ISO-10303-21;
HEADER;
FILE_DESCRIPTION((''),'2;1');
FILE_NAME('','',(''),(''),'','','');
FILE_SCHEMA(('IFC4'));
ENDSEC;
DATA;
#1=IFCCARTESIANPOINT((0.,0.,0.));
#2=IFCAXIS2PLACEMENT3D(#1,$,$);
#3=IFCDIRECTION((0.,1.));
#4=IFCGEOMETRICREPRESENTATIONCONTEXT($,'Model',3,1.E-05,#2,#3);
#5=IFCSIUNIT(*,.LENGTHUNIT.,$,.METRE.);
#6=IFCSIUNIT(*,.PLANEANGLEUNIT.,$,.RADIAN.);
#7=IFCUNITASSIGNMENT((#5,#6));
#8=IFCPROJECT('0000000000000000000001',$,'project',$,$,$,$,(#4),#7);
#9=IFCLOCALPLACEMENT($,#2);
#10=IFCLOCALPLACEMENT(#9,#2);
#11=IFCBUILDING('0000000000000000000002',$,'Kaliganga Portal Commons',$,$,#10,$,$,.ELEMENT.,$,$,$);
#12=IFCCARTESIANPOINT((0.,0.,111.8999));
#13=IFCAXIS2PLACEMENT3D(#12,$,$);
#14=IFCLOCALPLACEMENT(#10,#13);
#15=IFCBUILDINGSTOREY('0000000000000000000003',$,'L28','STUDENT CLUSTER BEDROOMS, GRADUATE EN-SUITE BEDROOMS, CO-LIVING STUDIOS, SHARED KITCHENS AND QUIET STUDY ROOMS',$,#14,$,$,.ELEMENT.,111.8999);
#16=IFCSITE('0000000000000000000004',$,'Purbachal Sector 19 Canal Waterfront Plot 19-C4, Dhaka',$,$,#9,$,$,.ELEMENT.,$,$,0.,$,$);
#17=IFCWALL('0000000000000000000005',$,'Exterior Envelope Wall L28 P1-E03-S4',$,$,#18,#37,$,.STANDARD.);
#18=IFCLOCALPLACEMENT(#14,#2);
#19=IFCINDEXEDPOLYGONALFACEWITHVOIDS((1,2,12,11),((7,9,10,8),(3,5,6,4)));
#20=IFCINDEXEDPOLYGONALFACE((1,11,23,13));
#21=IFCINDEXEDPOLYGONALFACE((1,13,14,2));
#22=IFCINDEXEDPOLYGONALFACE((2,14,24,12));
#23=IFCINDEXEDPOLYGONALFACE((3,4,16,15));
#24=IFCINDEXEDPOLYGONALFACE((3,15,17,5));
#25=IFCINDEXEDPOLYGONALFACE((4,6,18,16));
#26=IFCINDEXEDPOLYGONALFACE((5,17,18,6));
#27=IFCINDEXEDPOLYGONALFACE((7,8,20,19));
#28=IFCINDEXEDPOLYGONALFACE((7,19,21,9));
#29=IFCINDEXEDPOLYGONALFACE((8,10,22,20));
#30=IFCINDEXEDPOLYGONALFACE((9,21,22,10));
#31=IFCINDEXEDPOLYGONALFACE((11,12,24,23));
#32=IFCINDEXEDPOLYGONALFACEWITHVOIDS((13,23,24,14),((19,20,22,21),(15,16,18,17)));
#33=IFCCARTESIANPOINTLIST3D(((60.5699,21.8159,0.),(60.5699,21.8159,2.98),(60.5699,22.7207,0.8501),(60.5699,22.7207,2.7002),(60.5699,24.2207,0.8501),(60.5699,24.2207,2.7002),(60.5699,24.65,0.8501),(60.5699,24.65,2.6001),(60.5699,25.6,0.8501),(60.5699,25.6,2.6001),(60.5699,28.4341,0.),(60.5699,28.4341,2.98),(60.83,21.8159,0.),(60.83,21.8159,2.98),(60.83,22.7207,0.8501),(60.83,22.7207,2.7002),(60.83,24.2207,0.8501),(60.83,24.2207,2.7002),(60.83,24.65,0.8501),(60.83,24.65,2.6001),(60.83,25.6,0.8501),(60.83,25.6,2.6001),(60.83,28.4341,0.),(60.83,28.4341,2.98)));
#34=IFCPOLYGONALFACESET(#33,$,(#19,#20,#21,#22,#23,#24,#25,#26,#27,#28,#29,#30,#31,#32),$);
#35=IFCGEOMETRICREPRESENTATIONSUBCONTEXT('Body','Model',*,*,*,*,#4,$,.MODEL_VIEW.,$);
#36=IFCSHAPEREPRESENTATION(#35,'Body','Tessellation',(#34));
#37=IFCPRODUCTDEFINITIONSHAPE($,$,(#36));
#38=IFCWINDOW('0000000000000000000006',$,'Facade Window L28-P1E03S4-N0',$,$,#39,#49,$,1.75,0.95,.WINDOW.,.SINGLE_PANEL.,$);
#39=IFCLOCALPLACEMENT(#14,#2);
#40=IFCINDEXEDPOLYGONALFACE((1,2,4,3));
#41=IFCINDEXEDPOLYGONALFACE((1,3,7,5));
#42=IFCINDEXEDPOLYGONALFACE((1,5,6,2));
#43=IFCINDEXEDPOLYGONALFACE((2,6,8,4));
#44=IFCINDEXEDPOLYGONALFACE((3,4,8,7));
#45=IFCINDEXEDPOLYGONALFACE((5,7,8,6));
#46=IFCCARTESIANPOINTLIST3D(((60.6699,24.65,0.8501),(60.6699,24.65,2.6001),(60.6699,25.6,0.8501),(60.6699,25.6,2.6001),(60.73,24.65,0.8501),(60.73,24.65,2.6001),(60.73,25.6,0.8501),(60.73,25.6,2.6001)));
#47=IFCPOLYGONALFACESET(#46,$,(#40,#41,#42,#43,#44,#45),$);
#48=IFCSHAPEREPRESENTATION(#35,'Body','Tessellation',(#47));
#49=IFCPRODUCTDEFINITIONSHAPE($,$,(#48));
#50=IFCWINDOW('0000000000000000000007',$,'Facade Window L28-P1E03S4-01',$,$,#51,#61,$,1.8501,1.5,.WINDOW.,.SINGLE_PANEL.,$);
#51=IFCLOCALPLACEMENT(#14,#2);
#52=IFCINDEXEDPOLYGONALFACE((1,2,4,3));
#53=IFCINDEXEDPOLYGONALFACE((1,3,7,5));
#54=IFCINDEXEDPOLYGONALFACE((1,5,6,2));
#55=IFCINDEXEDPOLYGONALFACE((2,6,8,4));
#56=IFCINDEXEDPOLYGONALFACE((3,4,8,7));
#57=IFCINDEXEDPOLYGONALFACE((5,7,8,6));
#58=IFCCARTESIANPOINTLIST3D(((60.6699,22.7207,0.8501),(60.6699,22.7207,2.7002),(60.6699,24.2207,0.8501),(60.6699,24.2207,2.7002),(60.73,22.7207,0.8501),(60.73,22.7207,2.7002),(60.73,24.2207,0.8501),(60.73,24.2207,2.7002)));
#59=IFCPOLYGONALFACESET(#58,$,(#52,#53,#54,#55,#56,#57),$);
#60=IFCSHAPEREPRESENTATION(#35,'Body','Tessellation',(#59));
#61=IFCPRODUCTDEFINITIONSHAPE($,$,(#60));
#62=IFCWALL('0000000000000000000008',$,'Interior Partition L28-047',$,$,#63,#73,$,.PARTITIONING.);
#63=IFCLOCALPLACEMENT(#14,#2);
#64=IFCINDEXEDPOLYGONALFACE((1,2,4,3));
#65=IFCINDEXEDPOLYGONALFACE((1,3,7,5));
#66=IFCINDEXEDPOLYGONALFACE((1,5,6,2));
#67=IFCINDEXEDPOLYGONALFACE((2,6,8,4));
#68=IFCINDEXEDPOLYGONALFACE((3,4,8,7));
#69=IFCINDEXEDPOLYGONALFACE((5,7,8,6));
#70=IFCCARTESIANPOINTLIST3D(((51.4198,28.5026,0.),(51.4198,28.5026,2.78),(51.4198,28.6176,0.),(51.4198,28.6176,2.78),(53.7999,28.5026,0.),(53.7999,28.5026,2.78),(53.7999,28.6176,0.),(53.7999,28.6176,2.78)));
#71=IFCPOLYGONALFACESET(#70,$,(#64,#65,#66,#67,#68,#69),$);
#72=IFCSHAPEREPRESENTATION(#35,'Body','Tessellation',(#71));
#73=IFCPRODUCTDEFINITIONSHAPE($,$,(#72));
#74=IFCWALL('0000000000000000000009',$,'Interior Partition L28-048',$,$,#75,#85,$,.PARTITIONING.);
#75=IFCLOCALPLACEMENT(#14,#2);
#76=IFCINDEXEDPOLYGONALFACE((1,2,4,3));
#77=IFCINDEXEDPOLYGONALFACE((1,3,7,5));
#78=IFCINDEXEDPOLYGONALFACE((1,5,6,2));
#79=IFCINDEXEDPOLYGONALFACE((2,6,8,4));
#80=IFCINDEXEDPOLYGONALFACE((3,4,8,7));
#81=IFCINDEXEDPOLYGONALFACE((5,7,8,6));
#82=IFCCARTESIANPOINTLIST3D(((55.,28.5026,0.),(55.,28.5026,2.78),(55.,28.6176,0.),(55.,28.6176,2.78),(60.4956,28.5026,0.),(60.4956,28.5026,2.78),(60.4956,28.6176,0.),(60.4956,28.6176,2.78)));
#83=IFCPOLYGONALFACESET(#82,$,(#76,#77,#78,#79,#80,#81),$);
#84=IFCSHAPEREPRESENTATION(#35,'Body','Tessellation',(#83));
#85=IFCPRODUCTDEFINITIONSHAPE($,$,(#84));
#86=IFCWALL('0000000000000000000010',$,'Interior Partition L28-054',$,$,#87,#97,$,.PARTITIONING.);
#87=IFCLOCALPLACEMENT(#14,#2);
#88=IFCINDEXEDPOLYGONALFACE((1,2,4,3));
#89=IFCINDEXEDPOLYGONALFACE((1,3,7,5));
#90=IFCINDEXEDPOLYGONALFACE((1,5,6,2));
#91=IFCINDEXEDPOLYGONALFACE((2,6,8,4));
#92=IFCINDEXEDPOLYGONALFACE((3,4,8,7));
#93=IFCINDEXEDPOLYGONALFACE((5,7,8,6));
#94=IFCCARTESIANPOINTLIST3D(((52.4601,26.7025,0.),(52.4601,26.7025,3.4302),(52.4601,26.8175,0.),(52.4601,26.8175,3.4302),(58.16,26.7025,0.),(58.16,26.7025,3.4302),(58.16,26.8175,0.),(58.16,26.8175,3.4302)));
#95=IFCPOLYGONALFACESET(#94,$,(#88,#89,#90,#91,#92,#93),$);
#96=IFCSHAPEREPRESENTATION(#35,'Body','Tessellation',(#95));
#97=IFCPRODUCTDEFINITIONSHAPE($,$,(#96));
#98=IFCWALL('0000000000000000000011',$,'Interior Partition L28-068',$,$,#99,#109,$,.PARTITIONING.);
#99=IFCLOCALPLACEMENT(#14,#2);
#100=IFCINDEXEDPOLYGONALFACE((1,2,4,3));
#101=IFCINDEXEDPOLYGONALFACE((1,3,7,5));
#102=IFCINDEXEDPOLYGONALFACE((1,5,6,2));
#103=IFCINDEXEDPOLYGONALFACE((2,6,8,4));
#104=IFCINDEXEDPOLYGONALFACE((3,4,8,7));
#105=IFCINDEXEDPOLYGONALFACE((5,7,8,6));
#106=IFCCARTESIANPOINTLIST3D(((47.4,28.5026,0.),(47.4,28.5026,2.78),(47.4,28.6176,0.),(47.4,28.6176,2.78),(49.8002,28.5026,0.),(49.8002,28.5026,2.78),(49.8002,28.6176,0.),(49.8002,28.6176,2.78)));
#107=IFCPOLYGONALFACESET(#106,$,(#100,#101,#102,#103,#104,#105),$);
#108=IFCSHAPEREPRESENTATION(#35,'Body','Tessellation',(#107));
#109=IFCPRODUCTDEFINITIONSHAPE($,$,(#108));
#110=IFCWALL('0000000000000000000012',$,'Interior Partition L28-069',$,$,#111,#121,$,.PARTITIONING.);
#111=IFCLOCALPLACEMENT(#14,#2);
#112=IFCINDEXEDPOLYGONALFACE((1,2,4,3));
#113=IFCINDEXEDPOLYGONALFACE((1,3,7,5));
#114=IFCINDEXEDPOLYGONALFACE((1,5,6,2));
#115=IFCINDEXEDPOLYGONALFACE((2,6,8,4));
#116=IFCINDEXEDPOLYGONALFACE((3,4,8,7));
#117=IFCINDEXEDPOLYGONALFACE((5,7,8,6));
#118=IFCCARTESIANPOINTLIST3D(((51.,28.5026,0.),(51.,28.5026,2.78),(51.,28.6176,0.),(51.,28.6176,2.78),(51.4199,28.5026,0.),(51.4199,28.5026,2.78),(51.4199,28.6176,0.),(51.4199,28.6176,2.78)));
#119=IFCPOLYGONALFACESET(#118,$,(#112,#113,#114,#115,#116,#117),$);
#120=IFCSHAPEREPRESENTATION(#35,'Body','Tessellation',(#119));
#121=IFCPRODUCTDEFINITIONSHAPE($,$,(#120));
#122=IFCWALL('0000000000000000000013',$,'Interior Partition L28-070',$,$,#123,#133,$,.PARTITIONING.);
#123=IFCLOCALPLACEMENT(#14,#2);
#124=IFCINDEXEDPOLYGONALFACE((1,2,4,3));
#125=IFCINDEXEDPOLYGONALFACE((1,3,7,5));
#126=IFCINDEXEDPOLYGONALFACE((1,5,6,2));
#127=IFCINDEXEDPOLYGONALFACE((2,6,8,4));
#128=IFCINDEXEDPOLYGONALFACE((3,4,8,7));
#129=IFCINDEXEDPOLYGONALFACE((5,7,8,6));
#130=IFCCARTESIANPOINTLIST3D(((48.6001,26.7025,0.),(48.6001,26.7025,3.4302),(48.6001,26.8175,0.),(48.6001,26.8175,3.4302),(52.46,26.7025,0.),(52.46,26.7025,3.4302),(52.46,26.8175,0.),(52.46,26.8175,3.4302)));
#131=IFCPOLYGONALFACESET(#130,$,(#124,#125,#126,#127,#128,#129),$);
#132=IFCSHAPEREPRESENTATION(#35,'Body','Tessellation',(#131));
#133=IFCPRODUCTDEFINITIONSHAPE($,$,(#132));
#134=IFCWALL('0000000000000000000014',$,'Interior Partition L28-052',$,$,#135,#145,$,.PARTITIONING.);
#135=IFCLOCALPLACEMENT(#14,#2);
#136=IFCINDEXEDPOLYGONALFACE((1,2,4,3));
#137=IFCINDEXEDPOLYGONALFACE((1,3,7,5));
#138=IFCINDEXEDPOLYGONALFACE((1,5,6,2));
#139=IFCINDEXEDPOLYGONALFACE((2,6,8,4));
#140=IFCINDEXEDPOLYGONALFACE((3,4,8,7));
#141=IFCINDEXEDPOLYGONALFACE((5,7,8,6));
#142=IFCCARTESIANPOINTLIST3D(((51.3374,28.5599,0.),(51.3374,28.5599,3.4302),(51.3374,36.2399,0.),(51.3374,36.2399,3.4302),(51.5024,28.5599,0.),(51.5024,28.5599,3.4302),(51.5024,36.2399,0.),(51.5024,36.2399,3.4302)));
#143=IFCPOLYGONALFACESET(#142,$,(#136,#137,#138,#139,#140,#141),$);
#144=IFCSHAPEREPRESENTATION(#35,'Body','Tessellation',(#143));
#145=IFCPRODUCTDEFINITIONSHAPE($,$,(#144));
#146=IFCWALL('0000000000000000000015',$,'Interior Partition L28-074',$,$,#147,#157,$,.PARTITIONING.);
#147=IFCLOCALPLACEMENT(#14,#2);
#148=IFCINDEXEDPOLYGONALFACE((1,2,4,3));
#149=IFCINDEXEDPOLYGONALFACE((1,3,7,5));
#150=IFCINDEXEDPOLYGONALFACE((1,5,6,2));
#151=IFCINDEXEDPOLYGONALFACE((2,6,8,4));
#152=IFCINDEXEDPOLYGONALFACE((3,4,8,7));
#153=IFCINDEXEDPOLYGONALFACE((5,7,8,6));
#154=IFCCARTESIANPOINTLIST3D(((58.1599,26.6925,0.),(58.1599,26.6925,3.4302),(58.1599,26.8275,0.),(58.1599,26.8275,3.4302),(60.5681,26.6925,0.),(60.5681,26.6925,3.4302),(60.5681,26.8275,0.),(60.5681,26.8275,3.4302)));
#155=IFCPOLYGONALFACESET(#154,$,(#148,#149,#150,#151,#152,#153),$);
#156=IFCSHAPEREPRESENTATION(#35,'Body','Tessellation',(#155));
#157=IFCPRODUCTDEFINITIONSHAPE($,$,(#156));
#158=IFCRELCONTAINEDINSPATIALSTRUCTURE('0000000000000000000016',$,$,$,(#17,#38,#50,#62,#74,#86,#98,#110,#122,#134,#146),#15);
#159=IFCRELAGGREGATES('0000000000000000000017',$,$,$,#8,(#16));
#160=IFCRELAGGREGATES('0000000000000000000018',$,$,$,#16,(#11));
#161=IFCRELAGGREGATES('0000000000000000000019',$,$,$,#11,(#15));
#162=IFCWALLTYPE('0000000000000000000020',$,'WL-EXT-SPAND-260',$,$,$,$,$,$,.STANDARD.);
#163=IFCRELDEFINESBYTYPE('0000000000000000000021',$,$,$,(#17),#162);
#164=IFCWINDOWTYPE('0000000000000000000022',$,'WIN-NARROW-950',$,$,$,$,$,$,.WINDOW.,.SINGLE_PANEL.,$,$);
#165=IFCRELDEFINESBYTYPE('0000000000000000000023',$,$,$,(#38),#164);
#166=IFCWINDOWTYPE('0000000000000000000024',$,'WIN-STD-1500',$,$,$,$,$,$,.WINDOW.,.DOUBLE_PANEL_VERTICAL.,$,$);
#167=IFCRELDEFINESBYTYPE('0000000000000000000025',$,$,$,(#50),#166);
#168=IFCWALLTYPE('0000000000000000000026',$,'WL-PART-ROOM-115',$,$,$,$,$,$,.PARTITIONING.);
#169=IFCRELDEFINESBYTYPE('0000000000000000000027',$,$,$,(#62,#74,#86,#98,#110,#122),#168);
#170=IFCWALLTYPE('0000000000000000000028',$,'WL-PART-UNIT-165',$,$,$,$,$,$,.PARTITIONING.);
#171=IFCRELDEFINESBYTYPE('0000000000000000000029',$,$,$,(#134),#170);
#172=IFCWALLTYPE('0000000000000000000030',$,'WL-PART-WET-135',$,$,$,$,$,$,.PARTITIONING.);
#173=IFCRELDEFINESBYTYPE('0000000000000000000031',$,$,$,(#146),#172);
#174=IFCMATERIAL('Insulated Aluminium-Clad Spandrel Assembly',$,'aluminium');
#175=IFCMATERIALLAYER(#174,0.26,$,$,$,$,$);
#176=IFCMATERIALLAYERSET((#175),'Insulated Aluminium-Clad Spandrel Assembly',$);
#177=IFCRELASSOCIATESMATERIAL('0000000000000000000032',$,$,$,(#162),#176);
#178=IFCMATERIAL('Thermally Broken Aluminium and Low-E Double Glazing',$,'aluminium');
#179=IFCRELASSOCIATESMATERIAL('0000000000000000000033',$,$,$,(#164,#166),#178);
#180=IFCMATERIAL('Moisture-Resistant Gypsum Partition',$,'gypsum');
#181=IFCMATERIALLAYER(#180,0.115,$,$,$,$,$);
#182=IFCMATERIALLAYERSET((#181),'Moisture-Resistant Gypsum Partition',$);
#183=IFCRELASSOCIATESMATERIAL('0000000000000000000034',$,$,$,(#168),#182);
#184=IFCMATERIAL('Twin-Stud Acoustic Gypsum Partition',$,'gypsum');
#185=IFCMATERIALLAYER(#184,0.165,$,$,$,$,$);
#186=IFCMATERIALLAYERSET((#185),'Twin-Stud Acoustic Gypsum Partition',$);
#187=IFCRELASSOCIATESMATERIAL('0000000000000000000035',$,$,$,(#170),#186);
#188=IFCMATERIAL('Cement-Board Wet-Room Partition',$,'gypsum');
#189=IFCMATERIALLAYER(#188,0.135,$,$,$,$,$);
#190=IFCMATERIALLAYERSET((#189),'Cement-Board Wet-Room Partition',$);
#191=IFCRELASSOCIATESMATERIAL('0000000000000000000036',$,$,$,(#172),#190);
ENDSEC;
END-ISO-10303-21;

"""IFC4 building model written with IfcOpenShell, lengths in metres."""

from ifc_helpers import new_model, si_unit, direction, frame, frame_2d, origin, place, context, subcontext, project, spatial, rectangle, extrude, material, layer, layer_set, type_object, element, fill, save


model = new_model("IFC4")

# Units and contexts
model_context = context("Model", 3, precision=1e-05, world=origin(), true_north=direction((0.0, 1.0)))
body_context = subcontext(model_context, "Body", "Model", "MODEL_VIEW")
ifc_project = project(units=[si_unit("LENGTHUNIT", "METRE"), si_unit("PLANEANGLEUNIT", "RADIAN")], contexts=[model_context])

# Site, building, storey
site_placement = place(None, origin())
site = spatial("IfcSite", under=ifc_project, at=site_placement, Name="Purbachal Sector 19 Canal Waterfront Plot 19-C4, Dhaka", CompositionType="ELEMENT", RefElevation=0.0)
building_placement = place(site_placement, origin())
building = spatial("IfcBuilding", under=site, at=building_placement, Name="Kaliganga Portal Commons", CompositionType="ELEMENT")
storey_placement = place(building_placement, frame((0.0, 0.0, 111.8999)))
storey = spatial("IfcBuildingStorey", under=building, at=storey_placement, Name="L28", Description="STUDENT CLUSTER BEDROOMS, GRADUATE EN-SUITE BEDROOMS, CO-LIVING STUDIOS, SHARED KITCHENS AND QUIET STUDY ROOMS", CompositionType="ELEMENT", Elevation=111.8999)

# Wall, openings, windows
ifc_material_1 = material(Name="Insulated Aluminium-Clad Spandrel Assembly", Category="aluminium")
ifc_layer_1 = layer(ifc_material_1, 0.26)
ifc_layer_set_1 = layer_set([ifc_layer_1], Name="Insulated Aluminium-Clad Spandrel Assembly")
wall_type_1 = type_object("IfcWallType", Name="WL-EXT-SPAND-260", PredefinedType="STANDARD", material=ifc_layer_set_1)
wall_1_placement = place(storey_placement, frame((60.7, 28.4341, 0.0), z_axis=(0.0, 0.0, 1.0), x_axis=(0.0, -1.0, 0.0)))
wall_1 = element("IfcWall", 1, at=wall_1_placement, inside=storey, type_object=wall_type_1, Name="Exterior Envelope Wall L28 P1-E03-S4", PredefinedType="STANDARD", context=body_context, shape_type="SweptSolid", body=[
    extrude(rectangle(XDim=6.6182, YDim=0.26, at=frame_2d((3.3091, 0.0))), origin(), (0.0, 0.0, 1.0), 2.98),
])
opening_1_placement = place(wall_1_placement, frame((4.2134, 0.0, 0.8501)))
opening_1 = element("IfcOpeningElement", 2, at=opening_1_placement, cuts=wall_1, PredefinedType="OPENING", context=body_context, shape_type="SweptSolid", body=[
    extrude(rectangle(XDim=1.5, YDim=1.8501, at=frame_2d((0.75, 0.925))), frame((0.0, 0.1401, 0.0), z_axis=(0.0, -1.0, 0.0), x_axis=(1.0, 0.0, 0.0)), (0.0, 0.0, 1.0), 0.28),
])
opening_2_placement = place(wall_1_placement, frame((2.834, 0.0, 0.8501)))
opening_2 = element("IfcOpeningElement", 3, at=opening_2_placement, cuts=wall_1, PredefinedType="OPENING", context=body_context, shape_type="SweptSolid", body=[
    extrude(rectangle(XDim=0.95, YDim=1.75, at=frame_2d((0.4751, 0.875))), frame((0.0, 0.1401, 0.0), z_axis=(0.0, -1.0, 0.0), x_axis=(1.0, 0.0, 0.0)), (0.0, 0.0, 1.0), 0.28),
])
ifc_material_2 = material(Name="Thermally Broken Aluminium and Low-E Double Glazing", Category="aluminium")
window_type_1 = type_object("IfcWindowType", Name="WIN-NARROW-950", PartitioningType="SINGLE_PANEL", PredefinedType="WINDOW", material=ifc_material_2)
window_1_placement = place(opening_2_placement, origin())
window_1 = element("IfcWindow", 4, at=window_1_placement, inside=storey, type_object=window_type_1, Name="Facade Window L28-P1E03S4-N0", OverallHeight=1.75, OverallWidth=0.95, PartitioningType="SINGLE_PANEL", PredefinedType="WINDOW", context=body_context, shape_type="SweptSolid", body=[
    extrude(rectangle(XDim=0.95, YDim=1.75, at=frame_2d((0.4751, 0.875))), frame((0.0, 0.03, 0.0), z_axis=(0.0, -1.0, 0.0), x_axis=(1.0, 0.0, 0.0)), (0.0, 0.0, 1.0), 0.0601),
])
fill(opening_2, window_1)
window_type_2 = type_object("IfcWindowType", Name="WIN-STD-1500", PartitioningType="DOUBLE_PANEL_VERTICAL", PredefinedType="WINDOW", material=ifc_material_2)
window_2_placement = place(opening_1_placement, origin())
window_2 = element("IfcWindow", 5, at=window_2_placement, inside=storey, type_object=window_type_2, Name="Facade Window L28-P1E03S4-01", OverallHeight=1.8501, OverallWidth=1.5, PartitioningType="SINGLE_PANEL", PredefinedType="WINDOW", context=body_context, shape_type="SweptSolid", body=[
    extrude(rectangle(XDim=1.5, YDim=1.8501, at=frame_2d((0.75, 0.925))), frame((0.0, 0.03, 0.0), z_axis=(0.0, -1.0, 0.0), x_axis=(1.0, 0.0, 0.0)), (0.0, 0.0, 1.0), 0.0601),
])
fill(opening_1, window_2)

# Walls
ifc_material_3 = material(Name="Moisture-Resistant Gypsum Partition", Category="gypsum")
ifc_layer_2 = layer(ifc_material_3, 0.115)
ifc_layer_set_2 = layer_set([ifc_layer_2], Name="Moisture-Resistant Gypsum Partition")
wall_type_2 = type_object("IfcWallType", Name="WL-PART-ROOM-115", PredefinedType="PARTITIONING", material=ifc_layer_set_2)
wall_2_placement = place(storey_placement, frame((51.4199, 28.5601, 0.0), z_axis=(0.0, 0.0, 1.0), x_axis=(1.0, 0.0, 0.0)))
element("IfcWall", 6, at=wall_2_placement, inside=storey, type_object=wall_type_2, Name="Interior Partition L28-047", PredefinedType="PARTITIONING", context=body_context, shape_type="SweptSolid", body=[
    extrude(rectangle(XDim=2.3801, YDim=0.115, at=frame_2d((1.1899, 0.0))), origin(), (0.0, 0.0, 1.0), 2.78),
])
wall_3_placement = place(storey_placement, frame((55.0, 28.5601, 0.0), z_axis=(0.0, 0.0, 1.0), x_axis=(1.0, 0.0, 0.0)))
element("IfcWall", 7, at=wall_3_placement, inside=storey, type_object=wall_type_2, Name="Interior Partition L28-048", PredefinedType="PARTITIONING", context=body_context, shape_type="SweptSolid", body=[
    extrude(rectangle(XDim=5.4956, YDim=0.115, at=frame_2d((2.7478, 0.0))), origin(), (0.0, 0.0, 1.0), 2.78),
])
wall_4_placement = place(storey_placement, frame((52.46, 26.76, 0.0), z_axis=(0.0, 0.0, 1.0), x_axis=(1.0, 0.0, 0.0)))
element("IfcWall", 8, at=wall_4_placement, inside=storey, type_object=wall_type_2, Name="Interior Partition L28-054", PredefinedType="PARTITIONING", context=body_context, shape_type="SweptSolid", body=[
    extrude(rectangle(XDim=5.7, YDim=0.115, at=frame_2d((2.8501, 0.0))), origin(), (0.0, 0.0, 1.0), 3.4302),
])
wall_5_placement = place(storey_placement, frame((47.3999, 28.5601, 0.0), z_axis=(0.0, 0.0, 1.0), x_axis=(1.0, 0.0, 0.0)))
element("IfcWall", 9, at=wall_5_placement, inside=storey, type_object=wall_type_2, Name="Interior Partition L28-068", PredefinedType="PARTITIONING", context=body_context, shape_type="SweptSolid", body=[
    extrude(rectangle(XDim=2.4001, YDim=0.115, at=frame_2d((1.2002, 0.0))), origin(), (0.0, 0.0, 1.0), 2.78),
])
wall_6_placement = place(storey_placement, frame((51.0, 28.5601, 0.0), z_axis=(0.0, 0.0, 1.0), x_axis=(1.0, 0.0, 0.0)))
element("IfcWall", 10, at=wall_6_placement, inside=storey, type_object=wall_type_2, Name="Interior Partition L28-069", PredefinedType="PARTITIONING", context=body_context, shape_type="SweptSolid", body=[
    extrude(rectangle(XDim=0.4199, YDim=0.115, at=frame_2d((0.21, 0.0))), origin(), (0.0, 0.0, 1.0), 2.78),
])
wall_7_placement = place(storey_placement, frame((48.6001, 26.76, 0.0), z_axis=(0.0, 0.0, 1.0), x_axis=(1.0, 0.0, 0.0)))
element("IfcWall", 11, at=wall_7_placement, inside=storey, type_object=wall_type_2, Name="Interior Partition L28-070", PredefinedType="PARTITIONING", context=body_context, shape_type="SweptSolid", body=[
    extrude(rectangle(XDim=3.8599, YDim=0.115, at=frame_2d((1.9299, 0.0))), origin(), (0.0, 0.0, 1.0), 3.4302),
])
ifc_material_4 = material(Name="Twin-Stud Acoustic Gypsum Partition", Category="gypsum")
ifc_layer_3 = layer(ifc_material_4, 0.165)
ifc_layer_set_3 = layer_set([ifc_layer_3], Name="Twin-Stud Acoustic Gypsum Partition")
wall_type_3 = type_object("IfcWallType", Name="WL-PART-UNIT-165", PredefinedType="PARTITIONING", material=ifc_layer_set_3)
wall_8_placement = place(storey_placement, frame((51.4199, 28.5601, 0.0), z_axis=(0.0, 0.0, 1.0), x_axis=(0.0, 1.0, 0.0)))
element("IfcWall", 12, at=wall_8_placement, inside=storey, type_object=wall_type_3, Name="Interior Partition L28-052", PredefinedType="PARTITIONING", context=body_context, shape_type="SweptSolid", body=[
    extrude(rectangle(XDim=7.6799, YDim=0.165, at=frame_2d((3.8398, 0.0))), origin(), (0.0, 0.0, 1.0), 3.4302),
])
ifc_material_5 = material(Name="Cement-Board Wet-Room Partition", Category="gypsum")
ifc_layer_4 = layer(ifc_material_5, 0.135)
ifc_layer_set_4 = layer_set([ifc_layer_4], Name="Cement-Board Wet-Room Partition")
wall_type_4 = type_object("IfcWallType", Name="WL-PART-WET-135", PredefinedType="PARTITIONING", material=ifc_layer_set_4)
wall_9_placement = place(storey_placement, frame((58.1599, 26.76, 0.0), z_axis=(0.0, 0.0, 1.0), x_axis=(1.0, 0.0, 0.0)))
element("IfcWall", 13, at=wall_9_placement, inside=storey, type_object=wall_type_4, Name="Interior Partition L28-074", PredefinedType="PARTITIONING", context=body_context, shape_type="SweptSolid", body=[
    extrude(rectangle(XDim=2.4082, YDim=0.135, at=frame_2d((1.2041, 0.0))), origin(), (0.0, 0.0, 1.0), 3.4302),
])

save(model, "model.ifc")
